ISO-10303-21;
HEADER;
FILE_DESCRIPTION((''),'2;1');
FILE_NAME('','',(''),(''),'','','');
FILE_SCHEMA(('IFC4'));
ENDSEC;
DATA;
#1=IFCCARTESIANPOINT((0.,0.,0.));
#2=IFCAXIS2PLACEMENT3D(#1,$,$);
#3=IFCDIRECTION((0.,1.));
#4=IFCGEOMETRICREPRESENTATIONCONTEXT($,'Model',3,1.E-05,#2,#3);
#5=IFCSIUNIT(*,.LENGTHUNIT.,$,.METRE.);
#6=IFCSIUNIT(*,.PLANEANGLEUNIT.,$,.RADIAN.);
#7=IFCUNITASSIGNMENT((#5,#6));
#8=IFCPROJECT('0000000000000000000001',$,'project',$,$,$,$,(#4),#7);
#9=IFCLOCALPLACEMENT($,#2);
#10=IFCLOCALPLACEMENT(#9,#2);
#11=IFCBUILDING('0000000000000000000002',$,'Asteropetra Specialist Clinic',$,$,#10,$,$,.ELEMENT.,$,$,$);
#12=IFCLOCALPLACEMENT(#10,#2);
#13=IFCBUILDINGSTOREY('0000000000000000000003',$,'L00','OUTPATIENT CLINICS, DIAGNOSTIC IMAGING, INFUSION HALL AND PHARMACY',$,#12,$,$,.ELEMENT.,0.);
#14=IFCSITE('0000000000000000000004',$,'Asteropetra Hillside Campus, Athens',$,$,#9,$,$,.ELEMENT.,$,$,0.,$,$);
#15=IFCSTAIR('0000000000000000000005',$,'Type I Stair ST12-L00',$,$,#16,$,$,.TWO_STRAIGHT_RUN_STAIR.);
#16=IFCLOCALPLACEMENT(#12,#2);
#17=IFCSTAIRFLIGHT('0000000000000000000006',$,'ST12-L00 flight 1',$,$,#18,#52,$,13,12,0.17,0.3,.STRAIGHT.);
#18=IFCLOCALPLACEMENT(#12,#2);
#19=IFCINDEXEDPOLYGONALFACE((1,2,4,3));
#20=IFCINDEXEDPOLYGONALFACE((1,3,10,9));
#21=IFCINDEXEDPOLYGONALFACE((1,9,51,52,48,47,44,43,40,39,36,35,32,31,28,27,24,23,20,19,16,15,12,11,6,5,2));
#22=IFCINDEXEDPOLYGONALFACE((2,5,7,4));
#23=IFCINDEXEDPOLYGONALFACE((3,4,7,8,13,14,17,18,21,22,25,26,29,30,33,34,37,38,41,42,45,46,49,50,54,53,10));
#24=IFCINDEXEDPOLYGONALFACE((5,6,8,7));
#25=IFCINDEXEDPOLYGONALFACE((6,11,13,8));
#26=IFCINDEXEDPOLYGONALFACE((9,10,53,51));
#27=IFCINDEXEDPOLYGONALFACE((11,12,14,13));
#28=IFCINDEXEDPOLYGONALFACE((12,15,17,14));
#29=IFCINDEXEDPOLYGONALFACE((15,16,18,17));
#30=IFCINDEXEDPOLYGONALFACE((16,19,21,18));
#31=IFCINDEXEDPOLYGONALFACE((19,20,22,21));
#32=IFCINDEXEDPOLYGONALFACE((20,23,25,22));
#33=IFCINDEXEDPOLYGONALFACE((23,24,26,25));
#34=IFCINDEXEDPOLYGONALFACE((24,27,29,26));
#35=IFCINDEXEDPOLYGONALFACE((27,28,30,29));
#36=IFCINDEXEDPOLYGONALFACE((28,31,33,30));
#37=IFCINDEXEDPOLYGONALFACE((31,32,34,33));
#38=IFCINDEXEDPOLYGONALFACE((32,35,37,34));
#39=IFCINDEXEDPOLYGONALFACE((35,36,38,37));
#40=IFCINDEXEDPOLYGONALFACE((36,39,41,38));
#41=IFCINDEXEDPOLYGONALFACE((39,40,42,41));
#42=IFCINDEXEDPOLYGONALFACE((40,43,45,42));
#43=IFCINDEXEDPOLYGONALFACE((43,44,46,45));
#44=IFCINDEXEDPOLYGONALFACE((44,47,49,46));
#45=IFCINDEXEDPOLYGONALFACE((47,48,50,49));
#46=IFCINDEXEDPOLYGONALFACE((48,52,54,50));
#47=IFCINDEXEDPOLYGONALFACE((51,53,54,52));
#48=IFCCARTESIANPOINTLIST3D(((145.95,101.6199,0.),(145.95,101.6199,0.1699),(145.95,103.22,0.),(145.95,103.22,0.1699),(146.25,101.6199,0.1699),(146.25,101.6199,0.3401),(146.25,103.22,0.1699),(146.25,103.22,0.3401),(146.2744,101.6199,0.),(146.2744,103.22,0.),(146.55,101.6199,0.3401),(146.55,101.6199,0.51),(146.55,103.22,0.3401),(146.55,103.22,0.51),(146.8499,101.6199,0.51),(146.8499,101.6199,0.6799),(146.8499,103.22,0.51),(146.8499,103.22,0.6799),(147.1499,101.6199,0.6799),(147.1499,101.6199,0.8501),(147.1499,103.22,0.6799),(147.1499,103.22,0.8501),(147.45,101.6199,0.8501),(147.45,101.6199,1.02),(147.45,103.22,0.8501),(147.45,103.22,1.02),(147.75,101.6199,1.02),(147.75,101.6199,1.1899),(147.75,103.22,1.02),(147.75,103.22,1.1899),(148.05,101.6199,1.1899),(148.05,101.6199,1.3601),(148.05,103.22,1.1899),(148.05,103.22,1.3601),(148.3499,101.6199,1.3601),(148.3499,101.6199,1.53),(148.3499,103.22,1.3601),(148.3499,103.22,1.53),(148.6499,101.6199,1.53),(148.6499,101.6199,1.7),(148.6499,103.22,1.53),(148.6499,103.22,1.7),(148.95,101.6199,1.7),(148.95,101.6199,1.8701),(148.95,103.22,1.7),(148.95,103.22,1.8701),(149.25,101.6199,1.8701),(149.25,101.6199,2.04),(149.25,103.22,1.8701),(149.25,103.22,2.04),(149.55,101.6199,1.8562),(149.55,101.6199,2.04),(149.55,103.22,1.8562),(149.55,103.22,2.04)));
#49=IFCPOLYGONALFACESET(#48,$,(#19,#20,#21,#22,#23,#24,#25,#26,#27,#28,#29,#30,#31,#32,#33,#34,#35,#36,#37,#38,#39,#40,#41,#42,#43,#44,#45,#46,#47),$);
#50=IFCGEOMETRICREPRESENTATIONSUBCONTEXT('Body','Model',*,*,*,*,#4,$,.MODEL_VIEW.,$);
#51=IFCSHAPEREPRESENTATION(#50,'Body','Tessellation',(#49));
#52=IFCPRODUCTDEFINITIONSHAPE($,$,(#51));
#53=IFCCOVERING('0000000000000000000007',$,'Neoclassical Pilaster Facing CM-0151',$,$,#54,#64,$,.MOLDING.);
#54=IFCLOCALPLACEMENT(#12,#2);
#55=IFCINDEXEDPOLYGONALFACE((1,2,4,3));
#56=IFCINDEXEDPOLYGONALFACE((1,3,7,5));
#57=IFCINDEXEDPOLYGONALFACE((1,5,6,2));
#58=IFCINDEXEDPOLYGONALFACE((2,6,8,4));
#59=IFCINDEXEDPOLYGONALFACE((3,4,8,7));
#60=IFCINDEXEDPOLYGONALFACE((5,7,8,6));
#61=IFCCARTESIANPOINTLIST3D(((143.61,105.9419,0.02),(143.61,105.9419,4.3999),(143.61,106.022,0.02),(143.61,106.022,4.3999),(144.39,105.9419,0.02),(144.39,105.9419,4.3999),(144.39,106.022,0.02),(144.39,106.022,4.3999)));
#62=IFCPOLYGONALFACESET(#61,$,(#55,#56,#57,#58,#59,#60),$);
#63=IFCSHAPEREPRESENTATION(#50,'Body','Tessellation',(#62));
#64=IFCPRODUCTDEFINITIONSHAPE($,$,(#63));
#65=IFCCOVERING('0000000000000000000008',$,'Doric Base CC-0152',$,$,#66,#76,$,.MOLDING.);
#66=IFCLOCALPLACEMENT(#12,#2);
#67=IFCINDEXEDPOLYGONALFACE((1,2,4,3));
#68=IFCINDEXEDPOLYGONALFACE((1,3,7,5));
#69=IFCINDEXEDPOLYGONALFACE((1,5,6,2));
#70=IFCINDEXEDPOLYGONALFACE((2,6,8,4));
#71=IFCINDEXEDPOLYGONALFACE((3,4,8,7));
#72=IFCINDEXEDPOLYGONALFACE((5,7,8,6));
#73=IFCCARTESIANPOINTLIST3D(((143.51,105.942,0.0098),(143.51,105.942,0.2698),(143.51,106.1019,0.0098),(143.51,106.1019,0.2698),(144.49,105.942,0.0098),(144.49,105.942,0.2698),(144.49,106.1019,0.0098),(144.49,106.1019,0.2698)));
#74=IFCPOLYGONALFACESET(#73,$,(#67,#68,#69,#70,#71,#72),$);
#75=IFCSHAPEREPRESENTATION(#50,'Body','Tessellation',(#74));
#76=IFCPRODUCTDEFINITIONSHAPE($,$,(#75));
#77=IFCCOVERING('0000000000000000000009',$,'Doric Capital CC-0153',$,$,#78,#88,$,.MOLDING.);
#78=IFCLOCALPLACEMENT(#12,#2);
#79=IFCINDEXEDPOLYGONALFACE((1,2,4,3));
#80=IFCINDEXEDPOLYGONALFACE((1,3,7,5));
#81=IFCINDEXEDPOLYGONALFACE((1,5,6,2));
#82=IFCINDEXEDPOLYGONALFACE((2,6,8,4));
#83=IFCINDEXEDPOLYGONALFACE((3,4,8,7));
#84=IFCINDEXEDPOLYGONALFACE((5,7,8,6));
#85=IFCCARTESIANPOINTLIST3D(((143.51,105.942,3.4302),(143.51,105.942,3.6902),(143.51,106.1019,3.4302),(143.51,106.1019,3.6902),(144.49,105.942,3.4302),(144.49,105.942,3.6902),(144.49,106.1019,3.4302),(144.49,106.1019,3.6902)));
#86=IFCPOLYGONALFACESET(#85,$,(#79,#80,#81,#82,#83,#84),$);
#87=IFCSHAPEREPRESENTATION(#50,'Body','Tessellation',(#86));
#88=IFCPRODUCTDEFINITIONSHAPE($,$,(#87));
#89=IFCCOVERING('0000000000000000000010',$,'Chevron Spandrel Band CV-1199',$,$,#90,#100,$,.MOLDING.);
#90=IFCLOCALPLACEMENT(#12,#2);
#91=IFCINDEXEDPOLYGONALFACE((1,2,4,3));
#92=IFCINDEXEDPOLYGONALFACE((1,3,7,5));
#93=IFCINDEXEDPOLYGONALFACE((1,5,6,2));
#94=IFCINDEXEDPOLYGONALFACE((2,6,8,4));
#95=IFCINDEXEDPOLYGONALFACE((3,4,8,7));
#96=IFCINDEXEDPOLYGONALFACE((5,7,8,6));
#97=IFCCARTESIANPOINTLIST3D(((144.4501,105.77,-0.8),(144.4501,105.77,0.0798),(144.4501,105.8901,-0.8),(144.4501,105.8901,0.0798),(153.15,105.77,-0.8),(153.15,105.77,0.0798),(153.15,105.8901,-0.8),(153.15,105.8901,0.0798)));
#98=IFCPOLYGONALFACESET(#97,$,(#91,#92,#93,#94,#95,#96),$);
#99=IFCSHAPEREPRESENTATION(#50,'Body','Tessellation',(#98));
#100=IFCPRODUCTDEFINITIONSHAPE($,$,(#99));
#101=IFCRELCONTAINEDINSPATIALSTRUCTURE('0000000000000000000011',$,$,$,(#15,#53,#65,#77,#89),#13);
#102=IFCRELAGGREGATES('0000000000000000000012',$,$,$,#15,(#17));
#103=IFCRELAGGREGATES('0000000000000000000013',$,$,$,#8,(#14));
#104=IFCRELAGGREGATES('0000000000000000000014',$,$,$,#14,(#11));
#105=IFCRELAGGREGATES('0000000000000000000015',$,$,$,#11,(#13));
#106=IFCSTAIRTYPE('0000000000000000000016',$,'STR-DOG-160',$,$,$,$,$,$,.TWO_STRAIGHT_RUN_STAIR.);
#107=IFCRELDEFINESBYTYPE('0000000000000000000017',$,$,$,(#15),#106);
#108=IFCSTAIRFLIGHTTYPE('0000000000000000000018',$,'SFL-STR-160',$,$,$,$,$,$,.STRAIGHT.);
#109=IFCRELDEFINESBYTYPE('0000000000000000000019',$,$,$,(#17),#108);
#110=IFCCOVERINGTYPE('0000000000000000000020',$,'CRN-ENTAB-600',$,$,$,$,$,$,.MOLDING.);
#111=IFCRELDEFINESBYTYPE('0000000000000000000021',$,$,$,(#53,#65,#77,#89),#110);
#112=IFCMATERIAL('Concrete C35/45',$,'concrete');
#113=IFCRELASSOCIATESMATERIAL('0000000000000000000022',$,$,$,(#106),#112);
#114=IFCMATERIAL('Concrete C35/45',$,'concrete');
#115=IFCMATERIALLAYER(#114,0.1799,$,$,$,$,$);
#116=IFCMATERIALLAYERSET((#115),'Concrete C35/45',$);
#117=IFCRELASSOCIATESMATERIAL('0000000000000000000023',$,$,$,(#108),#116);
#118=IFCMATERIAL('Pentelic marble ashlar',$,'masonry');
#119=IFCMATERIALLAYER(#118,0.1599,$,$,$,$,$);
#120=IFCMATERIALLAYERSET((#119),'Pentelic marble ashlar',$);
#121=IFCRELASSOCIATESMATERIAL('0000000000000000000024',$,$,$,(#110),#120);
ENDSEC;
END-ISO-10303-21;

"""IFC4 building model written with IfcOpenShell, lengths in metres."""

from ifc_helpers import new_model, si_unit, direction, frame, origin, origin_2d, place, context, subcontext, project, spatial, polyline, rectangle, outline, extrude, material, layer, layer_set, type_object, element, aggregate, save


model = new_model("IFC4")

# Units and contexts
model_context = context("Model", 3, precision=1e-05, world=origin(), true_north=direction((0.0, 1.0)))
body_context = subcontext(model_context, "Body", "Model", "MODEL_VIEW")
ifc_project = project(units=[si_unit("LENGTHUNIT", "METRE"), si_unit("PLANEANGLEUNIT", "RADIAN")], contexts=[model_context])

# Site, building, storey
site_placement = place(None, origin())
site = spatial("IfcSite", under=ifc_project, at=site_placement, Name="Asteropetra Hillside Campus, Athens", CompositionType="ELEMENT", RefElevation=0.0)
building_placement = place(site_placement, origin())
building = spatial("IfcBuilding", under=site, at=building_placement, Name="Asteropetra Specialist Clinic", CompositionType="ELEMENT")
storey_placement = place(building_placement, origin())
storey = spatial("IfcBuildingStorey", under=building, at=storey_placement, Name="L00", Description="OUTPATIENT CLINICS, DIAGNOSTIC IMAGING, INFUSION HALL AND PHARMACY", CompositionType="ELEMENT", Elevation=0.0)

# Stair, stair flight
ifc_material_1 = material(Name="Concrete C35/45", Category="concrete")
stair_type = type_object("IfcStairType", Name="STR-DOG-160", PredefinedType="TWO_STRAIGHT_RUN_STAIR", material=ifc_material_1)
stair_placement = place(storey_placement, origin())
stair = element("IfcStair", 1, at=stair_placement, inside=storey, type_object=stair_type, Name="Type I Stair ST12-L00", PredefinedType="TWO_STRAIGHT_RUN_STAIR")
ifc_material_2 = material(Name="Concrete C35/45", Category="concrete")
ifc_layer_1 = layer(ifc_material_2, 0.1799)
ifc_layer_set_1 = layer_set([ifc_layer_1], Name="Concrete C35/45")
stair_flight_type = type_object("IfcStairFlightType", Name="SFL-STR-160", PredefinedType="STRAIGHT", material=ifc_layer_set_1)
stair_flight_placement = place(storey_placement, frame((145.95, 102.4199, 0.0), z_axis=(0.0, 0.0, 1.0), x_axis=(1.0, 0.0, 0.0)))
stair_flight = element("IfcStairFlight", 2, at=stair_flight_placement, type_object=stair_flight_type, Name="ST12-L00 flight 1", NumberOfRisers=13, NumberOfTreads=12, PredefinedType="STRAIGHT", RiserHeight=0.17, TreadLength=0.3, context=body_context, shape_type="SweptSolid", body=[
    extrude(outline(polyline([(0.0, 0.0), (0.0, 0.1699), (0.3, 0.1699), (0.3, 0.3401), (0.6001, 0.3401), (0.6001, 0.51), (0.8999, 0.51), (0.8999, 0.6799), (1.2, 0.6799), (1.2, 0.8501), (1.5, 0.8501), (1.5, 1.02), (1.8, 1.02), (1.8, 1.1899), (2.1001, 1.1899), (2.1001, 1.3601), (2.3999, 1.3601), (2.3999, 1.53), (2.7, 1.53), (2.7, 1.7), (3.0, 1.7), (3.0, 1.8701), (3.3, 1.8701), (3.3, 2.04), (3.6001, 2.04), (3.6001, 2.21), (3.6001, 1.8562), (0.3245, 0.0), (0.0, 0.0)])), frame((0.0, 0.8, 0.0), z_axis=(0.0, -1.0, 0.0), x_axis=(1.0, 0.0, 0.0)), (0.0, 0.0, 1.0), 1.6001),
])
aggregate(stair, [stair_flight])

# Coverings
ifc_material_3 = material(Name="Pentelic marble ashlar", Category="masonry")
ifc_layer_2 = layer(ifc_material_3, 0.1599)
ifc_layer_set_2 = layer_set([ifc_layer_2], Name="Pentelic marble ashlar")
covering_type = type_object("IfcCoveringType", Name="CRN-ENTAB-600", PredefinedType="MOLDING", material=ifc_layer_set_2)
covering_1_placement = place(storey_placement, frame((144.0, 105.9819, 0.02), z_axis=(0.0, 0.0, 1.0), x_axis=(1.0, 0.0, 0.0)))
element("IfcCovering", 3, at=covering_1_placement, inside=storey, type_object=covering_type, Name="Neoclassical Pilaster Facing CM-0151", PredefinedType="MOLDING", context=body_context, shape_type="SweptSolid", body=[
    extrude(rectangle(XDim=0.78, YDim=0.0801, at=origin_2d()), origin(), (0.0, 0.0, 1.0), 4.3799),
])
for number, where, z_axis, x_axis, name in (
    (4, (144.0, 106.022, 0.0098), (0.0, 0.0, 1.0), (1.0, 0.0, 0.0), "Doric Base CC-0152"),
    (5, (144.0, 106.022, 3.4302), (0.0, 0.0, 1.0), (1.0, 0.0, 0.0), "Doric Capital CC-0153"),
):
    element("IfcCovering", number, at=place(storey_placement, frame(where, z_axis=z_axis, x_axis=x_axis)), inside=storey, type_object=covering_type, Name=name, PredefinedType="MOLDING", context=body_context, shape_type="SweptSolid", body=[
        extrude(rectangle(XDim=0.98, YDim=0.1599, at=origin_2d()), origin(), (0.0, 0.0, 1.0), 0.26),
    ])
covering_2_placement = place(storey_placement, frame((148.8, 105.8301, -0.8), z_axis=(0.0, 0.0, 1.0), x_axis=(1.0, 0.0, 0.0)))
element("IfcCovering", 6, at=covering_2_placement, inside=storey, type_object=covering_type, Name="Chevron Spandrel Band CV-1199", PredefinedType="MOLDING", context=body_context, shape_type="SweptSolid", body=[
    extrude(rectangle(XDim=8.7, YDim=0.1201, at=origin_2d()), origin(), (0.0, 0.0, 1.0), 0.8799),
])

save(model, "model.ifc")
